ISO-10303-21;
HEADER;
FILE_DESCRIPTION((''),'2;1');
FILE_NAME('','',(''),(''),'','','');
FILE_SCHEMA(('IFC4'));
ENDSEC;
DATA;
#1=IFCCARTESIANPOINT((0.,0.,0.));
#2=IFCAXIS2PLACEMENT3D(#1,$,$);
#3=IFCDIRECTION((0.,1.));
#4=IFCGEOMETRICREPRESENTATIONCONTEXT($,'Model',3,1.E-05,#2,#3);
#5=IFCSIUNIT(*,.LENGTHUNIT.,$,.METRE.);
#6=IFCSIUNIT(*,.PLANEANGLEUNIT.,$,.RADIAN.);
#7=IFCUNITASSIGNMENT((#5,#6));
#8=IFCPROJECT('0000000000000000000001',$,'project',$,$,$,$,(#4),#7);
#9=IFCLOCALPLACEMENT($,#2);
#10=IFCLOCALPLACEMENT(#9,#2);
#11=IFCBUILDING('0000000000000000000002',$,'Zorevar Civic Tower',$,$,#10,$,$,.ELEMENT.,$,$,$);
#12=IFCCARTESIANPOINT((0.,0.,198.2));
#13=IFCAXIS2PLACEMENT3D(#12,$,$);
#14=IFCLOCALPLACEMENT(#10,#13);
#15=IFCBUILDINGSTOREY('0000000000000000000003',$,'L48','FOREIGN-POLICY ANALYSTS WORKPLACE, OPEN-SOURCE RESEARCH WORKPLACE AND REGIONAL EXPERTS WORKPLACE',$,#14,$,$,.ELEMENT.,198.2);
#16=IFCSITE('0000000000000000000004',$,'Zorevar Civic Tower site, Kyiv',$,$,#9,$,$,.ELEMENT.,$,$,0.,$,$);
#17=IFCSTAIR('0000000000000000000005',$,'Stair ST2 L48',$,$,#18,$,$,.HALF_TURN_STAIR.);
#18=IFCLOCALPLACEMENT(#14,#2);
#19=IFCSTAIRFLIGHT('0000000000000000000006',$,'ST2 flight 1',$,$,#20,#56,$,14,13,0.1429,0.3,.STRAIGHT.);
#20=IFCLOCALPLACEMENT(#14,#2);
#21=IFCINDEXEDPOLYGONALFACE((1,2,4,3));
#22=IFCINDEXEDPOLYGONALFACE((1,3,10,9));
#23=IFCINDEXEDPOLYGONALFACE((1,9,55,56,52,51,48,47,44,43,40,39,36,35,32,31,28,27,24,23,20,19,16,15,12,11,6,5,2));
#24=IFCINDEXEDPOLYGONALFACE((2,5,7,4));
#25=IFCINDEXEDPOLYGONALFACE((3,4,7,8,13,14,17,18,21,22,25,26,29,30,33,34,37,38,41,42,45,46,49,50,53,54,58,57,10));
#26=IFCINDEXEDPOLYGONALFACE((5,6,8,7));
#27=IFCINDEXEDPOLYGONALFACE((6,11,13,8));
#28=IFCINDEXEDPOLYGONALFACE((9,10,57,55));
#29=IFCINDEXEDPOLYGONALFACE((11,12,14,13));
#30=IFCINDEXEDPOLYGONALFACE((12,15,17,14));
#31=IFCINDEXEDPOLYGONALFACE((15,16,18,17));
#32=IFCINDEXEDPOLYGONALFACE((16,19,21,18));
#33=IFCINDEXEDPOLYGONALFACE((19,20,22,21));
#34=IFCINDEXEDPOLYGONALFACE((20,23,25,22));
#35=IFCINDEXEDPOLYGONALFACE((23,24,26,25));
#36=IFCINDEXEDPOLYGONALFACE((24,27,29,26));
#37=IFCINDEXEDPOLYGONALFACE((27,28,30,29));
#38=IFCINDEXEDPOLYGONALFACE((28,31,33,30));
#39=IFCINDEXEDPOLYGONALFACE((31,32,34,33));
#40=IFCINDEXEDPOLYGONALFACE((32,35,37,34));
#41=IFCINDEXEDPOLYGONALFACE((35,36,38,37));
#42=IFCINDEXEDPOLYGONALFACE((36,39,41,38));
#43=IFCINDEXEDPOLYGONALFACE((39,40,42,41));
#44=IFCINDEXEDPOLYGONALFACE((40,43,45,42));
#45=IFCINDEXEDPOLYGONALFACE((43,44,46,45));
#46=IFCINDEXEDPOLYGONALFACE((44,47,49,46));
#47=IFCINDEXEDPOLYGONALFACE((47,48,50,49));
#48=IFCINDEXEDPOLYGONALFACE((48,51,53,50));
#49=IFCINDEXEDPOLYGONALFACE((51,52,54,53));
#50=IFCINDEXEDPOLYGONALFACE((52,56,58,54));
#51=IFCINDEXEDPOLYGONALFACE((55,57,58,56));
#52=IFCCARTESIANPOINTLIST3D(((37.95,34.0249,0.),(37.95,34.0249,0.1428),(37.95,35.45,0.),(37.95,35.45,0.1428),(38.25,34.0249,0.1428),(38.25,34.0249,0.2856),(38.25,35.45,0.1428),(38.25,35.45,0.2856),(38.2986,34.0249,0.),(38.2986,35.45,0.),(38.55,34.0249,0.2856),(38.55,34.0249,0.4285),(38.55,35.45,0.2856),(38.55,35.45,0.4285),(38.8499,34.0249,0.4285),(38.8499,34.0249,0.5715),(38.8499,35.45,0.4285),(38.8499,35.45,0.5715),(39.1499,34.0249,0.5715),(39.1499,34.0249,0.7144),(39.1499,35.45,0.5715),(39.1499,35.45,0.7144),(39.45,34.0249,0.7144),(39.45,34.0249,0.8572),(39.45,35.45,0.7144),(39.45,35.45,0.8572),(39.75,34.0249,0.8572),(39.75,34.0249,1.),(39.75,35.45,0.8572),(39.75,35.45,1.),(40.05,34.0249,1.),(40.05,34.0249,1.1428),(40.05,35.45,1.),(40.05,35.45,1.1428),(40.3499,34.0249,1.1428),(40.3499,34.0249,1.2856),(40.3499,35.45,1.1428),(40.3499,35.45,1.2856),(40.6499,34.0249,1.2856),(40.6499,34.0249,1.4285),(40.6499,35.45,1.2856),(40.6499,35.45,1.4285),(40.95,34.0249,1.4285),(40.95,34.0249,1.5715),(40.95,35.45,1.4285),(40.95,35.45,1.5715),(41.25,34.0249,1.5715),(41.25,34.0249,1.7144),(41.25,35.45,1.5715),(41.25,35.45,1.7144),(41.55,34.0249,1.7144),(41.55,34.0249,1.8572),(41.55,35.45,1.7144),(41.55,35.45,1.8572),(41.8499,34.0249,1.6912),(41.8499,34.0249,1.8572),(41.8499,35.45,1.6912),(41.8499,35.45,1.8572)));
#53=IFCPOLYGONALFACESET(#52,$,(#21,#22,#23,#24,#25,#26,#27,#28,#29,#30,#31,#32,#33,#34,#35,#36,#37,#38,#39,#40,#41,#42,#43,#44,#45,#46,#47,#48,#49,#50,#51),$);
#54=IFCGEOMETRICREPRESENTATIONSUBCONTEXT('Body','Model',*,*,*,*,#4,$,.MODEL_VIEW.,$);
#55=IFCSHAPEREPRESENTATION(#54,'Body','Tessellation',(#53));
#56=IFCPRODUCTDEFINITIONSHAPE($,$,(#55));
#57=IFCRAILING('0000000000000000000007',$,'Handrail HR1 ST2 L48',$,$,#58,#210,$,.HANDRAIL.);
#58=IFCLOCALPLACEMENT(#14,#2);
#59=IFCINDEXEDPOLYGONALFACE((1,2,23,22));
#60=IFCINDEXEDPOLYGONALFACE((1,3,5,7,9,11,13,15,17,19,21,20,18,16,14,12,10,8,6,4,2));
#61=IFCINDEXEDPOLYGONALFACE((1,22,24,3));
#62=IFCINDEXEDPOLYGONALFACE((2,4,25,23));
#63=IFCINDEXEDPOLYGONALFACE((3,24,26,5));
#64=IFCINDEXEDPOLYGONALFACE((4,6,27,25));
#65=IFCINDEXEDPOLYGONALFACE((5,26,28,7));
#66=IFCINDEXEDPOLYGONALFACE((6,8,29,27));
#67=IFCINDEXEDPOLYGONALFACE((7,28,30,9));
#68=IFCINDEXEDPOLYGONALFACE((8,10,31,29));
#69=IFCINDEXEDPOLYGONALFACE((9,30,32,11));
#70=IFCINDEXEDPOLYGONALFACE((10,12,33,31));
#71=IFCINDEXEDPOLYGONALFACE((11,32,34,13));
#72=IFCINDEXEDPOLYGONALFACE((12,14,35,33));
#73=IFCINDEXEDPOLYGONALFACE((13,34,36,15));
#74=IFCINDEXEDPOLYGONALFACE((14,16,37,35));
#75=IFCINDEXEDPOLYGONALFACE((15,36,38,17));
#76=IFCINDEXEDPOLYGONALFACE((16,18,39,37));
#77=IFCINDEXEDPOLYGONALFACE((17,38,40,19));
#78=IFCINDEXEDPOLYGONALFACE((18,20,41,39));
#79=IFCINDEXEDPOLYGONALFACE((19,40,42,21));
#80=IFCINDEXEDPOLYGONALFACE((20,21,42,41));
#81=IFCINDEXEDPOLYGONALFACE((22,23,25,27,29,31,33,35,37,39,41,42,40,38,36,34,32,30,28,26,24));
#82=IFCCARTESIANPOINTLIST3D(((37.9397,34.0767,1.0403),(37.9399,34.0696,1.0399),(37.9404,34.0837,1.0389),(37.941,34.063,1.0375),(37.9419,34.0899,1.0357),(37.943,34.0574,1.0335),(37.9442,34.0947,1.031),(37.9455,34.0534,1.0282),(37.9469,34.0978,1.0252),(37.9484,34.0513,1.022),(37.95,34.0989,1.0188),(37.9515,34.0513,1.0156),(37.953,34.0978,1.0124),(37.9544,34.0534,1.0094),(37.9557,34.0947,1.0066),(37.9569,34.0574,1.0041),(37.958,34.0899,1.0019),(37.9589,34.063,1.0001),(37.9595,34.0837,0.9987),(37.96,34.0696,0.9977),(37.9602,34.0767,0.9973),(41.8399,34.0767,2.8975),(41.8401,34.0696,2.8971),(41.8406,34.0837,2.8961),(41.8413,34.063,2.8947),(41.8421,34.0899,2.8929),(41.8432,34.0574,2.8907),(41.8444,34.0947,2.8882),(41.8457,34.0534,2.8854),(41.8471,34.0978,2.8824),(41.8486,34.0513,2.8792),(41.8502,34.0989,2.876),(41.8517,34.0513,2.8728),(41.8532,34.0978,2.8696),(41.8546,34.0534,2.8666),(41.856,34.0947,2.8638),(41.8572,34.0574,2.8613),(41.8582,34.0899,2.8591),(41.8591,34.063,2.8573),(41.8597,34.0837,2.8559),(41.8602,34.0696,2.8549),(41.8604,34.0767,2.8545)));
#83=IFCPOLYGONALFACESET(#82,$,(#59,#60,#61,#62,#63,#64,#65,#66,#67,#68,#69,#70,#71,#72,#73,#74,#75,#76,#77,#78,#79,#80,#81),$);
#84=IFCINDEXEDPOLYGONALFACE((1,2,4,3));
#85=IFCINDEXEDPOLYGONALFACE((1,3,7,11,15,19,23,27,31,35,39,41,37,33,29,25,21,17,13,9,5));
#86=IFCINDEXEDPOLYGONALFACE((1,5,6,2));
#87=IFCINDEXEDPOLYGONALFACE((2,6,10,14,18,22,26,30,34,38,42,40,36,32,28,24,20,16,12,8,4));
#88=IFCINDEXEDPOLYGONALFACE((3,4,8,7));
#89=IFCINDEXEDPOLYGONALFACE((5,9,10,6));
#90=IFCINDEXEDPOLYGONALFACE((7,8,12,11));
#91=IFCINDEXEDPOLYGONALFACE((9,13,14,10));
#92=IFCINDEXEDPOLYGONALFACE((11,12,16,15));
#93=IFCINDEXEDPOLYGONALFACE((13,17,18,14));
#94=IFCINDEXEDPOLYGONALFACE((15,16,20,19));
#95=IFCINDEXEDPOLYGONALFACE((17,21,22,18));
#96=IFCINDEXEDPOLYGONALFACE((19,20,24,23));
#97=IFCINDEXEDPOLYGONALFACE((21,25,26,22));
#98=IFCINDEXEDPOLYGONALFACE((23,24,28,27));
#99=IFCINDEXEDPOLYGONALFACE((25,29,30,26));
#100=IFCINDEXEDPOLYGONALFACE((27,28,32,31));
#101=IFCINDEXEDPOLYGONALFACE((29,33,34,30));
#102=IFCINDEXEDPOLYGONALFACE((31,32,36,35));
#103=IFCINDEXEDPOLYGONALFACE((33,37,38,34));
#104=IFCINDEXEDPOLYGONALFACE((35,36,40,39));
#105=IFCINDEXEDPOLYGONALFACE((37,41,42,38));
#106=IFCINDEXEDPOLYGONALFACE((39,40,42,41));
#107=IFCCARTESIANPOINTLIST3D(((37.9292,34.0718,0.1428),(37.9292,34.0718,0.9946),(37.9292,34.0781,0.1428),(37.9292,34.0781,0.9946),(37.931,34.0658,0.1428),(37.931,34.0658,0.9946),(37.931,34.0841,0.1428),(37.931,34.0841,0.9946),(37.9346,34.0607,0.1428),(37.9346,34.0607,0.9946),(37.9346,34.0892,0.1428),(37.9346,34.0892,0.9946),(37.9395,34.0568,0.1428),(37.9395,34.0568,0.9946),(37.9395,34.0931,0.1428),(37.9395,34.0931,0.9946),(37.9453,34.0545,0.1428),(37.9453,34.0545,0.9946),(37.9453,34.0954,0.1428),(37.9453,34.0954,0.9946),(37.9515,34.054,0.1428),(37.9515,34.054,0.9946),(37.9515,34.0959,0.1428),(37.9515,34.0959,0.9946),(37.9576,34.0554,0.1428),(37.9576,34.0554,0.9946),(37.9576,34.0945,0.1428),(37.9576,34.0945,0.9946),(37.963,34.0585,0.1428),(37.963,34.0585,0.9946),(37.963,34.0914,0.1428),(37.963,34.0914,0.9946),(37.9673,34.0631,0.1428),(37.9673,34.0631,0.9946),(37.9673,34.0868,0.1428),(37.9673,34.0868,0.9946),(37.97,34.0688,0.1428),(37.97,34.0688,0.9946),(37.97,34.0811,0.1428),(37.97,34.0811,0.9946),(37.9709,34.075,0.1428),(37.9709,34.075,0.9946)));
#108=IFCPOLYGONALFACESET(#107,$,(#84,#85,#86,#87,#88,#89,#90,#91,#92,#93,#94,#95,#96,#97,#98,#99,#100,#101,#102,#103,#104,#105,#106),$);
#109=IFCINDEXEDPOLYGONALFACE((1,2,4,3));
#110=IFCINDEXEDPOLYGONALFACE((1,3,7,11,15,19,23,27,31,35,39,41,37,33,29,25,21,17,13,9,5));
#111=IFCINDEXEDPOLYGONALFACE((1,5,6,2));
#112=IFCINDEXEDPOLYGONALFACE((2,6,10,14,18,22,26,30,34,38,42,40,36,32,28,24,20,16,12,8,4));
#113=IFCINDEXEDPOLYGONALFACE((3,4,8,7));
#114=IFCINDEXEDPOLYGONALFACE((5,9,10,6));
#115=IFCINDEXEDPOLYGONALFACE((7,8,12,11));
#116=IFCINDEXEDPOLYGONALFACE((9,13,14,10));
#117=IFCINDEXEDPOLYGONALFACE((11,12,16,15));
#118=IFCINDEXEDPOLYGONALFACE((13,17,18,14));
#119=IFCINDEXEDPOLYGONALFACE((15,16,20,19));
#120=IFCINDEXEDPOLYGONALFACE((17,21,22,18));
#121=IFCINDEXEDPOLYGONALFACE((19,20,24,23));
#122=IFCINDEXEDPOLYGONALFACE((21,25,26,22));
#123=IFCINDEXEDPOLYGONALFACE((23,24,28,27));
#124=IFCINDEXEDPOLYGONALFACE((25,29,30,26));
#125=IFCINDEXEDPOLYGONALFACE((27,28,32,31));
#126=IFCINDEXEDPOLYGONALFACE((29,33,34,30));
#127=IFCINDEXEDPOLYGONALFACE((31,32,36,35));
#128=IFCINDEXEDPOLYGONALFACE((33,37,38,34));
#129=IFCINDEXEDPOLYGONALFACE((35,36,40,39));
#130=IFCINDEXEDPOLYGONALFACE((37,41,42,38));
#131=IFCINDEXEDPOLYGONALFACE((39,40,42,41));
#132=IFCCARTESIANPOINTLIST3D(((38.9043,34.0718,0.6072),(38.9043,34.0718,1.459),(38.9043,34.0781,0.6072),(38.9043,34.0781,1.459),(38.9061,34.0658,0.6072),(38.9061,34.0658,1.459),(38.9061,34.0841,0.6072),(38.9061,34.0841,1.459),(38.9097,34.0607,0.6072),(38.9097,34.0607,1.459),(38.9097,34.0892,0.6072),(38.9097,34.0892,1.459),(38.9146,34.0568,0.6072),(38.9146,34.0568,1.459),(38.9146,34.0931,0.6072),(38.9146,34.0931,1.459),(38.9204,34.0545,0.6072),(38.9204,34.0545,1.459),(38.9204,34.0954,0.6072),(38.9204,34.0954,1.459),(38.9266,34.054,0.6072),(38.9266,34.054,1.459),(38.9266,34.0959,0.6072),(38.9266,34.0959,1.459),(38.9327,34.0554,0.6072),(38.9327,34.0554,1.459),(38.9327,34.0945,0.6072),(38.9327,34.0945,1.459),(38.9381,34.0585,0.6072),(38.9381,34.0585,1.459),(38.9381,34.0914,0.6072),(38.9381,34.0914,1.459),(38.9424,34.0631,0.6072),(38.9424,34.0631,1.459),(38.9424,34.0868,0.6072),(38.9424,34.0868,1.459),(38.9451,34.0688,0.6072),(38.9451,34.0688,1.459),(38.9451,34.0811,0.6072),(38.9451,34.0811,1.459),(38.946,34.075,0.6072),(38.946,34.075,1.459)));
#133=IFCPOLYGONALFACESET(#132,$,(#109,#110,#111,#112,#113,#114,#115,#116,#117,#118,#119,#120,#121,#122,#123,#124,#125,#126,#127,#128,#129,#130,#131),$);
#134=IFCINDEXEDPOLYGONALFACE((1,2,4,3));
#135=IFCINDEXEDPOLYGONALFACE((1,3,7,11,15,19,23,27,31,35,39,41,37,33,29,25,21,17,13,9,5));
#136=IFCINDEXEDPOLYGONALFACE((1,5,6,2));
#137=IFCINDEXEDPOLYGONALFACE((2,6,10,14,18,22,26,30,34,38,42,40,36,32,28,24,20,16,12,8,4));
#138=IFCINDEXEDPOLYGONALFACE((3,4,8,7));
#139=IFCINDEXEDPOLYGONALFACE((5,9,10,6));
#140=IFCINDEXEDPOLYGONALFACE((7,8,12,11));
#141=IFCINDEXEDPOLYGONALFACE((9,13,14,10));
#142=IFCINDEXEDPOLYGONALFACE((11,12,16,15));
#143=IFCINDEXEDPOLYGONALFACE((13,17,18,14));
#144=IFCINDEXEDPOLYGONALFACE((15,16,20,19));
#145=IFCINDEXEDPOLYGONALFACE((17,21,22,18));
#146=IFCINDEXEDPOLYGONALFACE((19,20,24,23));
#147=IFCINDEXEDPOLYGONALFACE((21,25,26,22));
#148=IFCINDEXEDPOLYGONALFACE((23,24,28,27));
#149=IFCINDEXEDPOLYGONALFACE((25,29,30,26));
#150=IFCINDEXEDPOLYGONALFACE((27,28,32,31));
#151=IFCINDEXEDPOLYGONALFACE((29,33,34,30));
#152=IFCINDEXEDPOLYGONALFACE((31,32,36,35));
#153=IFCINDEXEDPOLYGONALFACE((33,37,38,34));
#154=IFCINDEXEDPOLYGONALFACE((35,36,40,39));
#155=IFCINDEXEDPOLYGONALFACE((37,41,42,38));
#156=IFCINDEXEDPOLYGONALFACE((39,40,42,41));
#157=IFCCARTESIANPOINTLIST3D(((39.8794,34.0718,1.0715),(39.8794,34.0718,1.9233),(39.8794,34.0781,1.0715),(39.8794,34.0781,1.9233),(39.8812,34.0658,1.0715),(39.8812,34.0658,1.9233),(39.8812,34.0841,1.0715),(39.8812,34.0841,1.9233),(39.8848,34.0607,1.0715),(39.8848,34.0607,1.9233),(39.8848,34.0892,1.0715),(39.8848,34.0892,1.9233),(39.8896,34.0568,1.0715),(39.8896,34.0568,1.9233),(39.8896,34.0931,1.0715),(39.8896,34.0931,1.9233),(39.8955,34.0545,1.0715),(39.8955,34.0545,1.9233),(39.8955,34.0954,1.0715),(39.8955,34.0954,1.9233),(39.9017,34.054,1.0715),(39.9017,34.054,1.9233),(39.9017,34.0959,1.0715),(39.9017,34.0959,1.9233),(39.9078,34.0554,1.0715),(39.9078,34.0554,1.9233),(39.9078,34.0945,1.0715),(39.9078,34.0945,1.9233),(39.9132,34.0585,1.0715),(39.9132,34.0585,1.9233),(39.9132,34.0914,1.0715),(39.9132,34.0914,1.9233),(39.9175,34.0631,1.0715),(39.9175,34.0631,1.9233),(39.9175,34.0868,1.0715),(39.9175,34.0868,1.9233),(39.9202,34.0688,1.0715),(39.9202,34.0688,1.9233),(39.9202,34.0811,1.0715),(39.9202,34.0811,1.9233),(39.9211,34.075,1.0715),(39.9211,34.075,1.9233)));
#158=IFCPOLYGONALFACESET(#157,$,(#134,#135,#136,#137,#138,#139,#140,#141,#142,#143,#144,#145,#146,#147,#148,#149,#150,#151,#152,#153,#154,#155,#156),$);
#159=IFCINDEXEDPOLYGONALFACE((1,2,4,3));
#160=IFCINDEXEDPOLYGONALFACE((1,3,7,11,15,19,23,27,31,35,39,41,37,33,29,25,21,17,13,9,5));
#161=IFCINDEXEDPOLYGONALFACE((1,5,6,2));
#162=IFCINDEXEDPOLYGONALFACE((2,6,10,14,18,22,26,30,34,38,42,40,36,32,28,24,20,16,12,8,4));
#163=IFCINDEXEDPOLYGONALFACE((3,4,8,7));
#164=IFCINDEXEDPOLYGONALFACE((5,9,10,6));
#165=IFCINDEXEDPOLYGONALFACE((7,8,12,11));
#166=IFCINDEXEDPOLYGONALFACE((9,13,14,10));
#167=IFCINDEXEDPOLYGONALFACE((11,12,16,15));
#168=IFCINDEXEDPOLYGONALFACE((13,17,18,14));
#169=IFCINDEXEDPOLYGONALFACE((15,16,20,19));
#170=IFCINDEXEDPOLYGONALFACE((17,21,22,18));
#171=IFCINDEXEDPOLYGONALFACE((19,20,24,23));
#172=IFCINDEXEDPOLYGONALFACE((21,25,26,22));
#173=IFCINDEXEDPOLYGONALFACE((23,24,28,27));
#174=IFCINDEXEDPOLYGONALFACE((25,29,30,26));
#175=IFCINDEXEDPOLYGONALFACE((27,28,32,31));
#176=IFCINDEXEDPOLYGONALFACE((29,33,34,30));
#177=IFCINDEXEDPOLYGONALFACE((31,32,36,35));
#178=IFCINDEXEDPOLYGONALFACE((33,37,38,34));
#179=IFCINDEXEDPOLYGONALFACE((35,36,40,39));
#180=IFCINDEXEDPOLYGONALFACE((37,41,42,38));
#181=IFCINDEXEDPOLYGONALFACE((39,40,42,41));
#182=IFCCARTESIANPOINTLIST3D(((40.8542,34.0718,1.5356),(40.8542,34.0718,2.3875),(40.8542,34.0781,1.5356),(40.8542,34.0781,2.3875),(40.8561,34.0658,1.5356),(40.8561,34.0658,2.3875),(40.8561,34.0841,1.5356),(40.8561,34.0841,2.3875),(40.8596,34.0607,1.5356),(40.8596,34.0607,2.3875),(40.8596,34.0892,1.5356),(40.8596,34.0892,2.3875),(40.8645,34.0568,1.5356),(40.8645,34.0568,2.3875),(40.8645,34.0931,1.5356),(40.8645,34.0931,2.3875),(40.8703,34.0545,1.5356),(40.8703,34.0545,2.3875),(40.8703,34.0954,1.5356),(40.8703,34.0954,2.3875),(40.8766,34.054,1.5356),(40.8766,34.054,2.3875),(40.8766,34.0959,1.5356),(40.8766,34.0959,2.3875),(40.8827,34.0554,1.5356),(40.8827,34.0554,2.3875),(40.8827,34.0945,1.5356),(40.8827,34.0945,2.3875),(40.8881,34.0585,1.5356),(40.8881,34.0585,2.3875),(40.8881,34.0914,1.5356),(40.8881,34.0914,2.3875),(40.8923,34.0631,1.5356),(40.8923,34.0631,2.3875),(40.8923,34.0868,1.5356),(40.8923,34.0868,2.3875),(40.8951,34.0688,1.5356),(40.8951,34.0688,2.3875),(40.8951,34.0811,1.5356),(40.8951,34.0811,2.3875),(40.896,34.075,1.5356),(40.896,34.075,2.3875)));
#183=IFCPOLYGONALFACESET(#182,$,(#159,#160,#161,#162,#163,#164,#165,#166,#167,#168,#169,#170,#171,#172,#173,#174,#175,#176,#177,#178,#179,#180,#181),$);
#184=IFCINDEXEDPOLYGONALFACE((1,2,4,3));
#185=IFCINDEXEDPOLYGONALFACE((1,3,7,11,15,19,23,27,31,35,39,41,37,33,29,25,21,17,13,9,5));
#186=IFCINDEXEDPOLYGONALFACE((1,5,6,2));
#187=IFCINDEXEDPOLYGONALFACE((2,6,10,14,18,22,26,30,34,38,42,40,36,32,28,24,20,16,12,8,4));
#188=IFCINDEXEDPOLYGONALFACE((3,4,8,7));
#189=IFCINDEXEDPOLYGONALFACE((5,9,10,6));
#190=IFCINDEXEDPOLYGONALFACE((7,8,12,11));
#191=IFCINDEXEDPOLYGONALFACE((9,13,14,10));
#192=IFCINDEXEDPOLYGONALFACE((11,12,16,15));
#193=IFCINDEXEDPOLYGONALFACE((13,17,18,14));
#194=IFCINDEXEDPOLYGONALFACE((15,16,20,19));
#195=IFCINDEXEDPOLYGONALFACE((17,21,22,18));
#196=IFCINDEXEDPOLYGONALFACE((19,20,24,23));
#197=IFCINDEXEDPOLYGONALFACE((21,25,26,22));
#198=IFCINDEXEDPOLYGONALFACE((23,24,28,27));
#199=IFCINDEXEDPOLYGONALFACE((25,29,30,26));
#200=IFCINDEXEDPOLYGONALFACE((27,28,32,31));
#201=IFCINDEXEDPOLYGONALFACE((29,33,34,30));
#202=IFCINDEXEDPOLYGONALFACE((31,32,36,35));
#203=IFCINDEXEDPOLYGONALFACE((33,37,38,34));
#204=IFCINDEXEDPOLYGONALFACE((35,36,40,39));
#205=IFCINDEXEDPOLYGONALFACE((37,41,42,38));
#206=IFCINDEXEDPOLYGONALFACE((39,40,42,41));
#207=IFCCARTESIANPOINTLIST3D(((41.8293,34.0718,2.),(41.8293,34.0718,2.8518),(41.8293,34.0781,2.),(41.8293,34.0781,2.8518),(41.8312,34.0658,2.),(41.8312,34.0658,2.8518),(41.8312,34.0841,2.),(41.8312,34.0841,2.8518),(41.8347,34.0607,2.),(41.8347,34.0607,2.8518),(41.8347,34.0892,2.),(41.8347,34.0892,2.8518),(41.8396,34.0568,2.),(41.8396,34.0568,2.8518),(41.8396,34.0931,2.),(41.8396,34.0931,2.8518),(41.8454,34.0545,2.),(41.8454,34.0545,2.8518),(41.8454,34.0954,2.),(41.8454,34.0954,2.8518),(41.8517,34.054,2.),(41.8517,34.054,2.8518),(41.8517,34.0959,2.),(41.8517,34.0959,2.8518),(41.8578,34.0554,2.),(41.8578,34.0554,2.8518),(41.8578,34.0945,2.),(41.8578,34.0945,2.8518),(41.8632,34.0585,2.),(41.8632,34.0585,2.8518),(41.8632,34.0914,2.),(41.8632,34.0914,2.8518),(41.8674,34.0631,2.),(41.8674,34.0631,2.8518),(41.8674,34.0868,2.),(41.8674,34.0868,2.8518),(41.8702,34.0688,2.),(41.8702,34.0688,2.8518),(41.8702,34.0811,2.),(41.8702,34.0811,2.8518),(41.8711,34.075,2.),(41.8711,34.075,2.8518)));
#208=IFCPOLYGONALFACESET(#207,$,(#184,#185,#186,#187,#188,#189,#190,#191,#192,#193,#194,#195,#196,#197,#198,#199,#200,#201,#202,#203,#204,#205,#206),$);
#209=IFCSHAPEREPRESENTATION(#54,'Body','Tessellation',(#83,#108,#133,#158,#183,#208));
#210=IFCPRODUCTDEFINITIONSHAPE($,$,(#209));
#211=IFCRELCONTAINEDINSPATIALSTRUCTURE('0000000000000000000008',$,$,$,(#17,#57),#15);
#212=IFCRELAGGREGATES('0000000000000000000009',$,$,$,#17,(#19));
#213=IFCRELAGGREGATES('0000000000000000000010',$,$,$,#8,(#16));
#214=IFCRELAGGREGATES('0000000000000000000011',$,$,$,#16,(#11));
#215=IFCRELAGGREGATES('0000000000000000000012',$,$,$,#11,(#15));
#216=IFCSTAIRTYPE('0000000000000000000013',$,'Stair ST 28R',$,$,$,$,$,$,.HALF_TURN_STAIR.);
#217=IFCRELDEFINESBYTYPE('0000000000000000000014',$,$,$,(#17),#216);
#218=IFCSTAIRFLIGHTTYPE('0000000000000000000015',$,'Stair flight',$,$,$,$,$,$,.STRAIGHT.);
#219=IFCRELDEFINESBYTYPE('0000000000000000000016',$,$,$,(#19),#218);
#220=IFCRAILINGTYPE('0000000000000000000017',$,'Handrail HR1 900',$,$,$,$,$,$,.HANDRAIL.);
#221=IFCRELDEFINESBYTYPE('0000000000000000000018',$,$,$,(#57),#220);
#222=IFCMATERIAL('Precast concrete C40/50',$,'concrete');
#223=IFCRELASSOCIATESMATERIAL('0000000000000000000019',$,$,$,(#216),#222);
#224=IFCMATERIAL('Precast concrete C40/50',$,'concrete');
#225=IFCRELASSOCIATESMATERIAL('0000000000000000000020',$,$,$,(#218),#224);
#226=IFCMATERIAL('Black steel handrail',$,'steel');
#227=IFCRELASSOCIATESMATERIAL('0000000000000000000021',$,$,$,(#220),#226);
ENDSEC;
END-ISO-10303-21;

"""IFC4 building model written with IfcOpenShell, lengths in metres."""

from ifc_helpers import new_model, si_unit, direction, frame, origin, origin_2d, place, context, subcontext, project, spatial, polyline, circle, outline, extrude, material, type_object, element, aggregate, save


model = new_model("IFC4")

# Units and contexts
model_context = context("Model", 3, precision=1e-05, world=origin(), true_north=direction((0.0, 1.0)))
body_context = subcontext(model_context, "Body", "Model", "MODEL_VIEW")
ifc_project = project(units=[si_unit("LENGTHUNIT", "METRE"), si_unit("PLANEANGLEUNIT", "RADIAN")], contexts=[model_context])

# Site, building, storey
site_placement = place(None, origin())
site = spatial("IfcSite", under=ifc_project, at=site_placement, Name="Zorevar Civic Tower site, Kyiv", CompositionType="ELEMENT", RefElevation=0.0)
building_placement = place(site_placement, origin())
building = spatial("IfcBuilding", under=site, at=building_placement, Name="Zorevar Civic Tower", CompositionType="ELEMENT")
storey_placement = place(building_placement, frame((0.0, 0.0, 198.2)))
storey = spatial("IfcBuildingStorey", under=building, at=storey_placement, Name="L48", Description="FOREIGN-POLICY ANALYSTS WORKPLACE, OPEN-SOURCE RESEARCH WORKPLACE AND REGIONAL EXPERTS WORKPLACE", CompositionType="ELEMENT", Elevation=198.2)

# Stair, stair flight
ifc_material_1 = material(Name="Precast concrete C40/50", Category="concrete")
stair_type = type_object("IfcStairType", Name="Stair ST 28R", PredefinedType="HALF_TURN_STAIR", material=ifc_material_1)
stair_placement = place(storey_placement, origin())
stair = element("IfcStair", 1, at=stair_placement, inside=storey, type_object=stair_type, Name="Stair ST2 L48", PredefinedType="HALF_TURN_STAIR")
ifc_material_2 = material(Name="Precast concrete C40/50", Category="concrete")
stair_flight_type = type_object("IfcStairFlightType", Name="Stair flight", PredefinedType="STRAIGHT", material=ifc_material_2)
stair_flight_placement = place(storey_placement, frame((37.95, 34.7375, 0.0), z_axis=(0.0, 0.0, 1.0), x_axis=(1.0, 0.0, 0.0)))
stair_flight = element("IfcStairFlight", 2, at=stair_flight_placement, type_object=stair_flight_type, Name="ST2 flight 1", NumberOfRisers=14, NumberOfTreads=13, PredefinedType="STRAIGHT", RiserHeight=0.1429, TreadLength=0.3, context=body_context, shape_type="SweptSolid", body=[
    extrude(outline(polyline([(0.0, 0.0), (0.0, 0.1428), (0.3, 0.1428), (0.3, 0.2856), (0.6001, 0.2856), (0.6001, 0.4285), (0.8999, 0.4285), (0.8999, 0.5715), (1.2, 0.5715), (1.2, 0.7144), (1.5, 0.7144), (1.5, 0.8572), (1.8, 0.8572), (1.8, 1.0), (2.1001, 1.0), (2.1001, 1.1428), (2.3999, 1.1428), (2.3999, 1.2856), (2.7, 1.2856), (2.7, 1.4285), (3.0, 1.4285), (3.0, 1.5715), (3.3, 1.5715), (3.3, 1.7144), (3.6001, 1.7144), (3.6001, 1.8572), (3.8999, 1.8572), (3.8999, 2.0), (3.8999, 1.6912), (0.3486, 0.0), (0.0, 0.0)])), frame((0.0, 0.7124, 0.0), z_axis=(0.0, -1.0, 0.0), x_axis=(1.0, 0.0, 0.0)), (0.0, 0.0, 1.0), 1.425),
])
aggregate(stair, [stair_flight])

# Railing
ifc_material_3 = material(Name="Black steel handrail", Category="steel")
railing_type = type_object("IfcRailingType", Name="Handrail HR1 900", PredefinedType="HANDRAIL", material=ifc_material_3)
railing_placement = place(storey_placement, frame((37.95, 34.075, 0.1428)))
element("IfcRailing", 3, at=railing_placement, inside=storey, type_object=railing_type, Name="Handrail HR1 ST2 L48", PredefinedType="HANDRAIL", context=body_context, shape_type="SweptSolid", body=[
    extrude(circle(Radius=0.0239, at=origin_2d()), frame((0.0, 0.0, 0.876), z_axis=(0.902864, 0.0, 0.429927), x_axis=(0.0, 1.0, 0.0)), (0.0, 0.0, 1.0), 4.3198),
    extrude(circle(Radius=0.021, at=origin_2d()), origin(), (0.0, 0.0, 1.0), 0.8518),
    extrude(circle(Radius=0.021, at=origin_2d()), frame((0.9751, 0.0, 0.4644)), (0.0, 0.0, 1.0), 0.8518),
    extrude(circle(Radius=0.021, at=origin_2d()), frame((1.9502, 0.0, 0.9287)), (0.0, 0.0, 1.0), 0.8518),
    extrude(circle(Radius=0.021, at=origin_2d()), frame((2.925, 0.0, 1.3928)), (0.0, 0.0, 1.0), 0.8518),
    extrude(circle(Radius=0.021, at=origin_2d()), frame((3.9001, 0.0, 1.8572)), (0.0, 0.0, 1.0), 0.8518),
])

save(model, "model.ifc")
